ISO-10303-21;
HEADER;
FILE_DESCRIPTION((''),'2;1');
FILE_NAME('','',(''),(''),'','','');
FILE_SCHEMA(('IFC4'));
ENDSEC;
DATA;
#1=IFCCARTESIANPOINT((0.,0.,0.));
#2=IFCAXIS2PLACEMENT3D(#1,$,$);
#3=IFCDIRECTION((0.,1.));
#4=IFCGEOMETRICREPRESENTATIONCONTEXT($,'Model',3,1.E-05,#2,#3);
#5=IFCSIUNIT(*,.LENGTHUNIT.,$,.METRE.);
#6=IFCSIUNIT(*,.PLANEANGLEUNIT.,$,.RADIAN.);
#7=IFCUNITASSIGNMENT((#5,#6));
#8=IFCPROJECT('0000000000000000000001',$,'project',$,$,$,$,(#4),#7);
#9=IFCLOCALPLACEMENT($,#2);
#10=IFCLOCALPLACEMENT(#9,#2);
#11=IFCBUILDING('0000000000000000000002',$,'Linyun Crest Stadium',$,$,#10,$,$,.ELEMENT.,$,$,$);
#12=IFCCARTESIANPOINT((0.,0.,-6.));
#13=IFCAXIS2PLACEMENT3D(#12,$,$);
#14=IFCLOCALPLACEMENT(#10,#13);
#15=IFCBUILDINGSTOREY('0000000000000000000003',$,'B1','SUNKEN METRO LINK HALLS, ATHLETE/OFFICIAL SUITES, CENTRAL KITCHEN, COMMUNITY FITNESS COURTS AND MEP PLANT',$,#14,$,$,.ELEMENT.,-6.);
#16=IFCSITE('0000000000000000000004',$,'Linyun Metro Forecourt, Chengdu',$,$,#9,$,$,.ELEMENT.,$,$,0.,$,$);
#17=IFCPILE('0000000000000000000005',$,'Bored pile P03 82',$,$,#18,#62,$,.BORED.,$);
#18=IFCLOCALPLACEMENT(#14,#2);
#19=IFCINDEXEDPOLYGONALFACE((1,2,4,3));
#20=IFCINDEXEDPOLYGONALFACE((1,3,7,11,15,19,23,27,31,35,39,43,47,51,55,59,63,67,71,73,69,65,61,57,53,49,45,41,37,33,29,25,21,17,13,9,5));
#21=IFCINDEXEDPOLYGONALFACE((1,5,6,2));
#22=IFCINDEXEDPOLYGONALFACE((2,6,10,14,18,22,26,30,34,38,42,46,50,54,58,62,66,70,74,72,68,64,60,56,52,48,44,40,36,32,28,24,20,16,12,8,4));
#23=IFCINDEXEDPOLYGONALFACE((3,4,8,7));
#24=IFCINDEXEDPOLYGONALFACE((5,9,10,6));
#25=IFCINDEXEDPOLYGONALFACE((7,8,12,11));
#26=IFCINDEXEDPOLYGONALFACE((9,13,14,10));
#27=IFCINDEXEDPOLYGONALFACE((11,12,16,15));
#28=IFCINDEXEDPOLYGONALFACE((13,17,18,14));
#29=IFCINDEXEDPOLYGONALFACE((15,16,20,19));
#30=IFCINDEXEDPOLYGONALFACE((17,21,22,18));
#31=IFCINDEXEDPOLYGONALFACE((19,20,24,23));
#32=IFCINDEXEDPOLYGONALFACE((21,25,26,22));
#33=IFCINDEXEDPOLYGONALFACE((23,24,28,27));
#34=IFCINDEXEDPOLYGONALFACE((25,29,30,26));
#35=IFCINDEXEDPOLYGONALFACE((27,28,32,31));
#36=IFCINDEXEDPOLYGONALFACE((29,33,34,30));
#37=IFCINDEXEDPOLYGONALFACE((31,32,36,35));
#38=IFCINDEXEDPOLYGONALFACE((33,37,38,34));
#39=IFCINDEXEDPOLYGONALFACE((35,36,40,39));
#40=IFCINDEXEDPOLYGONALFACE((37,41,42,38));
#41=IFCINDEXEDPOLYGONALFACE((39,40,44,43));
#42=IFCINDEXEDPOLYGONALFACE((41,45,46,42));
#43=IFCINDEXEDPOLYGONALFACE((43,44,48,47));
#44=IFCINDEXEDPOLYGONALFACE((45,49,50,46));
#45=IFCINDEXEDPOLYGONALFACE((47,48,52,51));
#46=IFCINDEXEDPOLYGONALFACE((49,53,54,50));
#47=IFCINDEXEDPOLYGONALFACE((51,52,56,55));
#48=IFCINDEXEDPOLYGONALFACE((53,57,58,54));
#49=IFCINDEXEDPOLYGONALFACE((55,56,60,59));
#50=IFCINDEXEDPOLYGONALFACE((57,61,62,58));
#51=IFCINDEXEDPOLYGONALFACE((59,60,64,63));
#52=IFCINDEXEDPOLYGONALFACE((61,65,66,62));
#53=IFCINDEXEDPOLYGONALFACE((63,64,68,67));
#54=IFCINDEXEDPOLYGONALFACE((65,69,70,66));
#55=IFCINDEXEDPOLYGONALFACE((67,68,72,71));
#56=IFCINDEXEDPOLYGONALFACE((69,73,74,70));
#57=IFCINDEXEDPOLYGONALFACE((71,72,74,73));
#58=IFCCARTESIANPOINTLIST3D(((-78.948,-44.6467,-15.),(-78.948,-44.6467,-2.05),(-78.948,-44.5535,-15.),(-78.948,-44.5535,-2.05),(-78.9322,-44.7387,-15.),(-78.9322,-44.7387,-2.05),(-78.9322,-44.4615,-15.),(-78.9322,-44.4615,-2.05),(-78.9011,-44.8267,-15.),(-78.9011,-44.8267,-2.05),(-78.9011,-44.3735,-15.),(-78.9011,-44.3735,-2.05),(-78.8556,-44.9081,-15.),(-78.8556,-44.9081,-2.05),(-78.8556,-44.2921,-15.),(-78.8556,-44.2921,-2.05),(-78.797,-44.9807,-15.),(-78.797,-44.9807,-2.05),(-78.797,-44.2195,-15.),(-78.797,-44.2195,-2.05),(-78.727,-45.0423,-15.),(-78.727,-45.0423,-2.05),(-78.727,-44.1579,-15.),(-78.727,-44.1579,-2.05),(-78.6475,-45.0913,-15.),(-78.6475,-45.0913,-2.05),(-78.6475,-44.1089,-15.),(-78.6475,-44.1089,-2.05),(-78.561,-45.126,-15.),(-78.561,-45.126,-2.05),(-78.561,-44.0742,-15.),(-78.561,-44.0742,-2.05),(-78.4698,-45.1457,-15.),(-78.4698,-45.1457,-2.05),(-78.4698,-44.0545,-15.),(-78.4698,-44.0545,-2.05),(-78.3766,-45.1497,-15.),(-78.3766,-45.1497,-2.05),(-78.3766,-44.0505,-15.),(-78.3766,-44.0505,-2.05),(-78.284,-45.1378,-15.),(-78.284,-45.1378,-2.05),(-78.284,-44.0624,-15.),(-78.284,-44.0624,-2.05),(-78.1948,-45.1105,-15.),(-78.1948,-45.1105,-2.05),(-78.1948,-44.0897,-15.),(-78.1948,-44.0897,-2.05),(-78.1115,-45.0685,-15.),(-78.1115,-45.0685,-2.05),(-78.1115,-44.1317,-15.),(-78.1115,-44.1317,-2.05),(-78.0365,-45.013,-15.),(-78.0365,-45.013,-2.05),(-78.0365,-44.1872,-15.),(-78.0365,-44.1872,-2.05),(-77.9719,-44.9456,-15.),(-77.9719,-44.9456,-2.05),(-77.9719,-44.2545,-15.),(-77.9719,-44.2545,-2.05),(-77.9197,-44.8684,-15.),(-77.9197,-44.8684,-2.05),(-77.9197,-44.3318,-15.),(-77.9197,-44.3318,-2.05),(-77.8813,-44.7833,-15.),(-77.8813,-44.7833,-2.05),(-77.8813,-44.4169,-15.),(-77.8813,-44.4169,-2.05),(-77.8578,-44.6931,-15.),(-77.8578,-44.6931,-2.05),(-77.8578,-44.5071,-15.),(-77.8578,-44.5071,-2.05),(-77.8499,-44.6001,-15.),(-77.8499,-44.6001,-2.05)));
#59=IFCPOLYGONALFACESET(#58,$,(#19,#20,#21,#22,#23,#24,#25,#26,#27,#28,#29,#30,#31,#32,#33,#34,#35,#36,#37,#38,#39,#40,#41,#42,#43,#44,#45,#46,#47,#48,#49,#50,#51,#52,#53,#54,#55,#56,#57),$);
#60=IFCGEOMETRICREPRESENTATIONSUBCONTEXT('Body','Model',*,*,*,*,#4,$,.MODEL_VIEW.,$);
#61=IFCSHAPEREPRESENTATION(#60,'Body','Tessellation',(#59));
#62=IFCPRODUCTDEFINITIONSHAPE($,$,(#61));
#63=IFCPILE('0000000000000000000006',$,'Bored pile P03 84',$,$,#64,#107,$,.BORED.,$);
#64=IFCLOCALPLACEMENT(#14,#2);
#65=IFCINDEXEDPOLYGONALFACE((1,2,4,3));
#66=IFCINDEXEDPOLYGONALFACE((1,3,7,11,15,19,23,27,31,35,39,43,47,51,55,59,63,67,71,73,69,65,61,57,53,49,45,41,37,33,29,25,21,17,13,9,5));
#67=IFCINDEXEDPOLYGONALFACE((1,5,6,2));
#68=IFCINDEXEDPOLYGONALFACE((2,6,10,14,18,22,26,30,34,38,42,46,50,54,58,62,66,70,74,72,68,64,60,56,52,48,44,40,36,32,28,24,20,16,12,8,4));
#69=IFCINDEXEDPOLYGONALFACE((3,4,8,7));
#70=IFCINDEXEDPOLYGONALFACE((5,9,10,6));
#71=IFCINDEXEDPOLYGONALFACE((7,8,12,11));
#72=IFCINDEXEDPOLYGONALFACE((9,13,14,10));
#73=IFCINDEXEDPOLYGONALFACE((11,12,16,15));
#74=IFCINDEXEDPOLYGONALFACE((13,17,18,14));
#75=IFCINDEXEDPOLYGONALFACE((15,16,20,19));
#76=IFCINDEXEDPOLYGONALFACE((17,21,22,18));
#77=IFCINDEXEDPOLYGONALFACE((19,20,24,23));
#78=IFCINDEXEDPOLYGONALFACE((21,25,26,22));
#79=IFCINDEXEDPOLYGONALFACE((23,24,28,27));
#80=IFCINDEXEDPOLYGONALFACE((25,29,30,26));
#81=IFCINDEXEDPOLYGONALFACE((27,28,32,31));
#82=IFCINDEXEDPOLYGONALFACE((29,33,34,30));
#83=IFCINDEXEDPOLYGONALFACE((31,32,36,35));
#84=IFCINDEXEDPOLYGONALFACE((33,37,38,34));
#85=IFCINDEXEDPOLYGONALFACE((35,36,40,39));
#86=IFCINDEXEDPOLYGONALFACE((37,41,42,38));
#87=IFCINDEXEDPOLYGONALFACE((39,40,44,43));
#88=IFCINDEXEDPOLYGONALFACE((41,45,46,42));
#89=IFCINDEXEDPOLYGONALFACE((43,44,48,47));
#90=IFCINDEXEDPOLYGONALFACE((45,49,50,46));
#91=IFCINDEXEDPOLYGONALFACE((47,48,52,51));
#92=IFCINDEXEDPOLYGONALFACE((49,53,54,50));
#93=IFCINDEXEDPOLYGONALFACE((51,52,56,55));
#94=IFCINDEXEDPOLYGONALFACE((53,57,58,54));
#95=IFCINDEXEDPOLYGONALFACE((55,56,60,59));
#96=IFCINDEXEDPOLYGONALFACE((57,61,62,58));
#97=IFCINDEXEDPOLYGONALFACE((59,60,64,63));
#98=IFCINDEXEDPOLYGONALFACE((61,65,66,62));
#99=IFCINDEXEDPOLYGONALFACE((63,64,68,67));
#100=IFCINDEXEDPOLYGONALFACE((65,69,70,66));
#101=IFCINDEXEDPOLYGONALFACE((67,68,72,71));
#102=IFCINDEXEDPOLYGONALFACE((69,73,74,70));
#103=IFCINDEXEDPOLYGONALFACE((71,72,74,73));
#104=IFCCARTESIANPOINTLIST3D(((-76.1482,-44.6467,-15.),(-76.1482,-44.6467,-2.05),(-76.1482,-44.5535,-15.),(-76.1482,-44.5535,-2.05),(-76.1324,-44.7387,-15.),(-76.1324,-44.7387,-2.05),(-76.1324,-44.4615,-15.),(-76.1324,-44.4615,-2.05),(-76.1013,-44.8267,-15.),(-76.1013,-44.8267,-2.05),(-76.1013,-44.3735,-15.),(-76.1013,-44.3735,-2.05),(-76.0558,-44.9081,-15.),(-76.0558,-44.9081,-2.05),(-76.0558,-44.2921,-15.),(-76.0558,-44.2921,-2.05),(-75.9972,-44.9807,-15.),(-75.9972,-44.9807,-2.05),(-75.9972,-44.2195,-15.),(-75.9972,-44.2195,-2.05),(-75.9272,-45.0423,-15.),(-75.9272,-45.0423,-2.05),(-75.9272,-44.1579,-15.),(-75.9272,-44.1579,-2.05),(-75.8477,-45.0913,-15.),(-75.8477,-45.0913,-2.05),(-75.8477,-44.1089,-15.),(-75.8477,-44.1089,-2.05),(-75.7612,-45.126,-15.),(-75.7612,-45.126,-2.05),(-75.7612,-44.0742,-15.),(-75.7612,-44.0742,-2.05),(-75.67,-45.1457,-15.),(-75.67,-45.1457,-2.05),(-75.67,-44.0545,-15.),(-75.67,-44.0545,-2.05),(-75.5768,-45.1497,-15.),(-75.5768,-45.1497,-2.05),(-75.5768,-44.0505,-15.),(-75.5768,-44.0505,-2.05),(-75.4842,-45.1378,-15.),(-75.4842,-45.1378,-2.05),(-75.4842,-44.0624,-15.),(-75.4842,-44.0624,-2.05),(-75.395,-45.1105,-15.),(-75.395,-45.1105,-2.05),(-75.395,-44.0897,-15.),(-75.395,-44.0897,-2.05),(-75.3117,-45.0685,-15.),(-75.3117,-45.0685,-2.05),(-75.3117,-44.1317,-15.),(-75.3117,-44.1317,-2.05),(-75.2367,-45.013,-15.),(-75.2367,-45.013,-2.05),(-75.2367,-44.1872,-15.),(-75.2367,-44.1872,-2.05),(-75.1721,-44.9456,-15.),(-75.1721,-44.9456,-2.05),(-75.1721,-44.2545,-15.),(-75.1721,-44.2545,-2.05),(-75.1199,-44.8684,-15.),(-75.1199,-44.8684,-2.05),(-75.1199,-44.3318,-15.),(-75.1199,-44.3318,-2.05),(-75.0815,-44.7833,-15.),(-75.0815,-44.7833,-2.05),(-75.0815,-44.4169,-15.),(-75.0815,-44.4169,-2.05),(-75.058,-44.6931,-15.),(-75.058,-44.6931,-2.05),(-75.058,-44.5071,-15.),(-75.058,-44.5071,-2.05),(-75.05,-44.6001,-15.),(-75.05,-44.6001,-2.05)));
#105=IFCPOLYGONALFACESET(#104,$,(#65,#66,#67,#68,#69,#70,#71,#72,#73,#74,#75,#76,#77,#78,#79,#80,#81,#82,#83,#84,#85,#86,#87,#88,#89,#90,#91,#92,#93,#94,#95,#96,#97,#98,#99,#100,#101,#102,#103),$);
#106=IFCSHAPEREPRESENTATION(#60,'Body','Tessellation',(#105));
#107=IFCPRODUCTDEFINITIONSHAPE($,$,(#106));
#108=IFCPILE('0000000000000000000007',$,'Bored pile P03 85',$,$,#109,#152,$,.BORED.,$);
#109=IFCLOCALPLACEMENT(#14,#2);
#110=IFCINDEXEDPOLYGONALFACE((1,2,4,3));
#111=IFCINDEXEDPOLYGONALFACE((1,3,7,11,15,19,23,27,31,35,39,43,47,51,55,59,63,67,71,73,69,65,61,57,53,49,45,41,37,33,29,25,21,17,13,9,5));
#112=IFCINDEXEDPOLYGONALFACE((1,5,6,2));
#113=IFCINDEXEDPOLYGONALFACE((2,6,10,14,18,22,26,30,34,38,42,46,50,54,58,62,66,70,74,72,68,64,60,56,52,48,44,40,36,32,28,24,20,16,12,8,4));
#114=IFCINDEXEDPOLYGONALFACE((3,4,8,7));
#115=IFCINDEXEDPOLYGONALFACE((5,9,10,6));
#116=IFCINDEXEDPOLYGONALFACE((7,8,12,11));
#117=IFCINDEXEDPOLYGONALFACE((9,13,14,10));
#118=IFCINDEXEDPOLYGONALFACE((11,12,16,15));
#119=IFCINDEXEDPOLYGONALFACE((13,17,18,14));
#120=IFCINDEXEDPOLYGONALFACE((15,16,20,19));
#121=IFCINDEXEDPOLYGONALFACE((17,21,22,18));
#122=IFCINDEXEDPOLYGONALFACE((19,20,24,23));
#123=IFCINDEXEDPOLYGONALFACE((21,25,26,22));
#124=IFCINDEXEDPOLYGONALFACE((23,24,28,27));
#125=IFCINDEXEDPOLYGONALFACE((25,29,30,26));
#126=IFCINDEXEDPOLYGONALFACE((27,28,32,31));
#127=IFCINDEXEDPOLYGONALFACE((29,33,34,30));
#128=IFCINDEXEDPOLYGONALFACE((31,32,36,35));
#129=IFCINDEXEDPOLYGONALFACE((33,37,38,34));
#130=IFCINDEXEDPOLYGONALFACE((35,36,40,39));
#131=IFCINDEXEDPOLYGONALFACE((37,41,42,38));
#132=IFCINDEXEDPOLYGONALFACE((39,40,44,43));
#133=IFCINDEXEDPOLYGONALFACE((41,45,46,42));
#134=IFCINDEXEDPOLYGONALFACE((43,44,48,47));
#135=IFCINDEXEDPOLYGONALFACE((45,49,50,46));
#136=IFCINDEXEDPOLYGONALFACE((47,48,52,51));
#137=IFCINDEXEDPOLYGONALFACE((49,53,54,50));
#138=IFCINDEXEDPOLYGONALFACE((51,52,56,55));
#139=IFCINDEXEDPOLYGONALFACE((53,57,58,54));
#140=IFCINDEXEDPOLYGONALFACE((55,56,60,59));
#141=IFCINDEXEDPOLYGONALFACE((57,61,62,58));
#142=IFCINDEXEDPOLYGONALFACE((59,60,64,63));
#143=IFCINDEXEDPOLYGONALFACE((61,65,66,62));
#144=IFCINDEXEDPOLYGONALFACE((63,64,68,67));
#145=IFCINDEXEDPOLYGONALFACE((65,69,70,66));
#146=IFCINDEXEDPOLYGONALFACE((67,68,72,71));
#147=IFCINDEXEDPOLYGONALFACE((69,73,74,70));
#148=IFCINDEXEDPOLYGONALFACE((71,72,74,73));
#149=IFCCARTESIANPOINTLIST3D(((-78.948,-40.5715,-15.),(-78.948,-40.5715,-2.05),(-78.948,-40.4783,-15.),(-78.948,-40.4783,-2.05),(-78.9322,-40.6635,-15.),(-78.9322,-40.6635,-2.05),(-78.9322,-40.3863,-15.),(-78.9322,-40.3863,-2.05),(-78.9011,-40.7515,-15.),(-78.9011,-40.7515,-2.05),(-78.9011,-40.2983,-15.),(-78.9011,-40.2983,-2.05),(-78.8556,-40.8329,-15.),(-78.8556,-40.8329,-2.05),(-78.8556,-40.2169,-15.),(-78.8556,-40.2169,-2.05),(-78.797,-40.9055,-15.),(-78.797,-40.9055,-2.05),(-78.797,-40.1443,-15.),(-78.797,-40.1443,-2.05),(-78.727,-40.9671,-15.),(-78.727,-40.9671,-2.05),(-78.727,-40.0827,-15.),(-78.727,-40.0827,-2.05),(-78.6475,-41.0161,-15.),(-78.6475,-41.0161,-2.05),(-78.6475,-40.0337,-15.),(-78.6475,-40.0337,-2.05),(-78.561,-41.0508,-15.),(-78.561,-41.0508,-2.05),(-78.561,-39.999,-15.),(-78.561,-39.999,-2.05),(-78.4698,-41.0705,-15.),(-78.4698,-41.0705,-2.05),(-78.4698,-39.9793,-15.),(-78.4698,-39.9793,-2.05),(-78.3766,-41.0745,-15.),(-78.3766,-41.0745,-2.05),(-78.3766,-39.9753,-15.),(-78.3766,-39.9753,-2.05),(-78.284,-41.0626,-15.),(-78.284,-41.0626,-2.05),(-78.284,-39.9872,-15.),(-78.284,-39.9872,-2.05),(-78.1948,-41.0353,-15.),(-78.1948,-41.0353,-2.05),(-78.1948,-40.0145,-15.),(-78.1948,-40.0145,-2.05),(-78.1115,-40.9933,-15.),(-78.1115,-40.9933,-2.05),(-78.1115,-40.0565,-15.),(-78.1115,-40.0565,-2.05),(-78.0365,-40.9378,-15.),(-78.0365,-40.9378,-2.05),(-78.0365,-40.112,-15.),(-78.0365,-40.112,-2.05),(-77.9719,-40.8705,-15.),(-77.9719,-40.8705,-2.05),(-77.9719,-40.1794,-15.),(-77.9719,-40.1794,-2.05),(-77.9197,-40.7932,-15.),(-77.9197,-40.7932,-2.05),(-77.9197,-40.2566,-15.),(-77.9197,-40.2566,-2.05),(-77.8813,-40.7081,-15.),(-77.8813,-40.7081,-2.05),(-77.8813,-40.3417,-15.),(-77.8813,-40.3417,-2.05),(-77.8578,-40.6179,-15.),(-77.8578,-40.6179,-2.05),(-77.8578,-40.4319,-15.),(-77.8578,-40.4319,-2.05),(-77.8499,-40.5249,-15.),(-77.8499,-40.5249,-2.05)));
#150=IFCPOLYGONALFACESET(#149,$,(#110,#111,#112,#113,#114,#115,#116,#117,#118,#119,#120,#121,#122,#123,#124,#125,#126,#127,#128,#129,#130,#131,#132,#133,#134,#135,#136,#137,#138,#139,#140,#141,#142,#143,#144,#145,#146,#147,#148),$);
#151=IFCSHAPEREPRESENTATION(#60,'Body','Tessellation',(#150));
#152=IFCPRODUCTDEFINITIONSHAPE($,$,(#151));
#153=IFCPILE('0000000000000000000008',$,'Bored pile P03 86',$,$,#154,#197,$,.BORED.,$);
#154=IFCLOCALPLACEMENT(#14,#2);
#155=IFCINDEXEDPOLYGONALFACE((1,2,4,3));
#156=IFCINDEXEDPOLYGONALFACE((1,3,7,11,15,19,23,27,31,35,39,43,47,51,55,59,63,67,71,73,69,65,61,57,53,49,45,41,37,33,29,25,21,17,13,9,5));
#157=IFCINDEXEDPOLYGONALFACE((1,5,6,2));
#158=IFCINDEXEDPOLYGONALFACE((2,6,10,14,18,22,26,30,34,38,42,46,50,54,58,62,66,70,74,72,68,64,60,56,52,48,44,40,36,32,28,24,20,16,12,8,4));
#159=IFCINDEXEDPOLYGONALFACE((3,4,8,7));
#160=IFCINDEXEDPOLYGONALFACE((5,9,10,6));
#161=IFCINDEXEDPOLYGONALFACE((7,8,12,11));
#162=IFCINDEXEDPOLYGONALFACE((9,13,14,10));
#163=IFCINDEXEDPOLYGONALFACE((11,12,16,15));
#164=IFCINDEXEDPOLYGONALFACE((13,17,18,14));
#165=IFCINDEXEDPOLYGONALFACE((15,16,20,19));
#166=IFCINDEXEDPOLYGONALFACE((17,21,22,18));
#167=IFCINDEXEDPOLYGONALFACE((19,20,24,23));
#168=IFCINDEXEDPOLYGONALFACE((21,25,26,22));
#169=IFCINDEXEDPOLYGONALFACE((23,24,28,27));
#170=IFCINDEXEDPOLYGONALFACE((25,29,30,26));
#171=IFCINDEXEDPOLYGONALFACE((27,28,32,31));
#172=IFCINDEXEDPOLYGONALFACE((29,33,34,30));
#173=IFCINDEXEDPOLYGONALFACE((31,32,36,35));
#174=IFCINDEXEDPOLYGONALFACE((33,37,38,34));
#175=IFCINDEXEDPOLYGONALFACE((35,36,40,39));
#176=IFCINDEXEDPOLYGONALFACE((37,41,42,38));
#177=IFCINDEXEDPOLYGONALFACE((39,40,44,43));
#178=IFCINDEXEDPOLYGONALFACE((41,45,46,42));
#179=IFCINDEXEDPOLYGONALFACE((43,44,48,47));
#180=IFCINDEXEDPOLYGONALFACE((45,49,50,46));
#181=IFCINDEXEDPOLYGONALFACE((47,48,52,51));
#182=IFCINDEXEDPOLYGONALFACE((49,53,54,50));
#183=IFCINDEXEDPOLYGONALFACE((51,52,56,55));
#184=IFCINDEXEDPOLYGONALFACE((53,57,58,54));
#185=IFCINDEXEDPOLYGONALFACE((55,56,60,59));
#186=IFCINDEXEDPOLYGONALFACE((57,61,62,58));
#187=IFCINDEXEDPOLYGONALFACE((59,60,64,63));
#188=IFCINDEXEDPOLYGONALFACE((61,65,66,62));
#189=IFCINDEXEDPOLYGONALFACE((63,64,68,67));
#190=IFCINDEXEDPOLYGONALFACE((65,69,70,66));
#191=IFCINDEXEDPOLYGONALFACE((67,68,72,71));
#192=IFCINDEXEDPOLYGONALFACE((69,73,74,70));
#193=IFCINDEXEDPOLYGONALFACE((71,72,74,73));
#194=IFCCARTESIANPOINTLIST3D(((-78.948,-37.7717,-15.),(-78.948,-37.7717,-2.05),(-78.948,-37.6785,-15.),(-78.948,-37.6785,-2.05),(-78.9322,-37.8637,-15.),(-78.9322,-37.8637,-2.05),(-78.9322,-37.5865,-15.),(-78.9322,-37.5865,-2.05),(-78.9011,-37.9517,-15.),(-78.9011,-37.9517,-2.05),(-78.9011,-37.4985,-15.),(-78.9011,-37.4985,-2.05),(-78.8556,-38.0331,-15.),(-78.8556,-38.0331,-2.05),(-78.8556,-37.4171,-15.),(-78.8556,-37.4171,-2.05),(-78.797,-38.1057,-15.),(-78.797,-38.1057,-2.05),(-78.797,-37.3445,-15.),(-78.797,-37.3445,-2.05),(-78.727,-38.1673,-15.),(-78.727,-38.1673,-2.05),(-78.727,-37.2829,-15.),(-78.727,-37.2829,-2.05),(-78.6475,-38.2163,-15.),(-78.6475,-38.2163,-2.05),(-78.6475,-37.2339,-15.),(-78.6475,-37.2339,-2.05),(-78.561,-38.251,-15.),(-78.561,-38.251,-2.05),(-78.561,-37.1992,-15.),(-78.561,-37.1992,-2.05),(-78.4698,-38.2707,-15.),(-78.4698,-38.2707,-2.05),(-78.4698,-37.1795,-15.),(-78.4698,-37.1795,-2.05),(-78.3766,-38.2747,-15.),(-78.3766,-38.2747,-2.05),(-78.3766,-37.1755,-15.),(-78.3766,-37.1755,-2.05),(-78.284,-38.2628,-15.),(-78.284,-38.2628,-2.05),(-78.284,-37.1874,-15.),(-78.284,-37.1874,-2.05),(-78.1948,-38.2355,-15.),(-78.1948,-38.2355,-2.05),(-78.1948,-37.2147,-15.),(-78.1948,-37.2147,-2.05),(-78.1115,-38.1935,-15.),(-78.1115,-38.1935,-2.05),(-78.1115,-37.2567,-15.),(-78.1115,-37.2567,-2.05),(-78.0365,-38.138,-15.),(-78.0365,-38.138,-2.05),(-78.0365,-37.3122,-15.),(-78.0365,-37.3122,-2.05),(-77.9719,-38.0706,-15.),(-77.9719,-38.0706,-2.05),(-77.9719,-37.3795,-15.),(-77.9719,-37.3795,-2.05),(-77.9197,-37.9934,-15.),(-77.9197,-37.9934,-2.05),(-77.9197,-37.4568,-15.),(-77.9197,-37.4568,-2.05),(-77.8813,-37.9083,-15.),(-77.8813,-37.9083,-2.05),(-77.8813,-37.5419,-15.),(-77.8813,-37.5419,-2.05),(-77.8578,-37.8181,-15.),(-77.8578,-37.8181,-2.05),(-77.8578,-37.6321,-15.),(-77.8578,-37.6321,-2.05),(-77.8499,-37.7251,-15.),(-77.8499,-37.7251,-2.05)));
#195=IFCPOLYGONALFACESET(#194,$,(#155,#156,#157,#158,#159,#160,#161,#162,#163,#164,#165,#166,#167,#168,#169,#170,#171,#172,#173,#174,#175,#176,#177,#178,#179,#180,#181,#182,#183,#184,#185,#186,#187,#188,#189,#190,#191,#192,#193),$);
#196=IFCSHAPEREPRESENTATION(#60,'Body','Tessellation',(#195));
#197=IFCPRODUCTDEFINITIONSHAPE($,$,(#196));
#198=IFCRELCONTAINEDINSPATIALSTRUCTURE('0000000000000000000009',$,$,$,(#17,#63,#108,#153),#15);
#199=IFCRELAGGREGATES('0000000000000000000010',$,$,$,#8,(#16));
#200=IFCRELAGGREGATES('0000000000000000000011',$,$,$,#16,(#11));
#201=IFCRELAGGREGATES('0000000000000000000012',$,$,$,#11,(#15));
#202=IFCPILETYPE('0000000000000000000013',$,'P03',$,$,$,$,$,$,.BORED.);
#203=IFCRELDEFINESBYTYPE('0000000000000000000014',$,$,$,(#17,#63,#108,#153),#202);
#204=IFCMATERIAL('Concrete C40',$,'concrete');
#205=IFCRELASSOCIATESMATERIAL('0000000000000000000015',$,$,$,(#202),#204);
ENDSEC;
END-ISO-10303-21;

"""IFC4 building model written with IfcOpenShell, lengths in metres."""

from ifc_helpers import new_model, si_unit, direction, frame, origin, origin_2d, place, context, subcontext, project, spatial, circle, extrude, material, material_profile, profile_set, type_object, element, save


model = new_model("IFC4")

# Units and contexts
model_context = context("Model", 3, precision=1e-05, world=origin(), true_north=direction((0.0, 1.0)))
body_context = subcontext(model_context, "Body", "Model", "MODEL_VIEW")
ifc_project = project(units=[si_unit("LENGTHUNIT", "METRE"), si_unit("PLANEANGLEUNIT", "RADIAN")], contexts=[model_context])

# Site, building, storey
site_placement = place(None, origin())
site = spatial("IfcSite", under=ifc_project, at=site_placement, Name="Linyun Metro Forecourt, Chengdu", CompositionType="ELEMENT", RefElevation=0.0)
building_placement = place(site_placement, origin())
building = spatial("IfcBuilding", under=site, at=building_placement, Name="Linyun Crest Stadium", CompositionType="ELEMENT")
storey_placement = place(building_placement, frame((0.0, 0.0, -6.0)))
storey = spatial("IfcBuildingStorey", under=building, at=storey_placement, Name="B1", Description="SUNKEN METRO LINK HALLS, ATHLETE/OFFICIAL SUITES, CENTRAL KITCHEN, COMMUNITY FITNESS COURTS AND MEP PLANT", CompositionType="ELEMENT", Elevation=-6.0)

# Piles
ifc_material_1 = material(Name="Concrete C40", Category="concrete")
ifc_material_profile_1 = material_profile(ifc_material_1, circle(Radius=0.55, at=origin_2d()), Name="BORED PILE 1100")
ifc_profile_set_1 = profile_set([ifc_material_profile_1], Name="Concrete C40")
pile_type_1 = type_object("IfcPileType", Name="P03", PredefinedType="BORED", material=ifc_profile_set_1)
for number, where, z_axis, x_axis, name in (
    (1, (-78.3999, -44.6001, -2.05), (0.0, 0.0, -1.0), (1.0, 0.0, 0.0), "Bored pile P03 82"),
    (2, (-75.6001, -44.6001, -2.05), (0.0, 0.0, -1.0), (1.0, 0.0, 0.0), "Bored pile P03 84"),
    (3, (-78.3999, -40.5249, -2.05), (0.0, 0.0, -1.0), (1.0, 0.0, 0.0), "Bored pile P03 85"),
    (4, (-78.3999, -37.7251, -2.05), (0.0, 0.0, -1.0), (1.0, 0.0, 0.0), "Bored pile P03 86"),
):
    element("IfcPile", number, at=place(storey_placement, frame(where, z_axis=z_axis, x_axis=x_axis)), inside=storey, type_object=pile_type_1, Name=name, PredefinedType="BORED", context=body_context, shape_type="SweptSolid", body=[
        extrude(circle(Radius=0.55, at=origin_2d()), origin(), (0.0, 0.0, 1.0), 12.95),
    ])

save(model, "model.ifc")
